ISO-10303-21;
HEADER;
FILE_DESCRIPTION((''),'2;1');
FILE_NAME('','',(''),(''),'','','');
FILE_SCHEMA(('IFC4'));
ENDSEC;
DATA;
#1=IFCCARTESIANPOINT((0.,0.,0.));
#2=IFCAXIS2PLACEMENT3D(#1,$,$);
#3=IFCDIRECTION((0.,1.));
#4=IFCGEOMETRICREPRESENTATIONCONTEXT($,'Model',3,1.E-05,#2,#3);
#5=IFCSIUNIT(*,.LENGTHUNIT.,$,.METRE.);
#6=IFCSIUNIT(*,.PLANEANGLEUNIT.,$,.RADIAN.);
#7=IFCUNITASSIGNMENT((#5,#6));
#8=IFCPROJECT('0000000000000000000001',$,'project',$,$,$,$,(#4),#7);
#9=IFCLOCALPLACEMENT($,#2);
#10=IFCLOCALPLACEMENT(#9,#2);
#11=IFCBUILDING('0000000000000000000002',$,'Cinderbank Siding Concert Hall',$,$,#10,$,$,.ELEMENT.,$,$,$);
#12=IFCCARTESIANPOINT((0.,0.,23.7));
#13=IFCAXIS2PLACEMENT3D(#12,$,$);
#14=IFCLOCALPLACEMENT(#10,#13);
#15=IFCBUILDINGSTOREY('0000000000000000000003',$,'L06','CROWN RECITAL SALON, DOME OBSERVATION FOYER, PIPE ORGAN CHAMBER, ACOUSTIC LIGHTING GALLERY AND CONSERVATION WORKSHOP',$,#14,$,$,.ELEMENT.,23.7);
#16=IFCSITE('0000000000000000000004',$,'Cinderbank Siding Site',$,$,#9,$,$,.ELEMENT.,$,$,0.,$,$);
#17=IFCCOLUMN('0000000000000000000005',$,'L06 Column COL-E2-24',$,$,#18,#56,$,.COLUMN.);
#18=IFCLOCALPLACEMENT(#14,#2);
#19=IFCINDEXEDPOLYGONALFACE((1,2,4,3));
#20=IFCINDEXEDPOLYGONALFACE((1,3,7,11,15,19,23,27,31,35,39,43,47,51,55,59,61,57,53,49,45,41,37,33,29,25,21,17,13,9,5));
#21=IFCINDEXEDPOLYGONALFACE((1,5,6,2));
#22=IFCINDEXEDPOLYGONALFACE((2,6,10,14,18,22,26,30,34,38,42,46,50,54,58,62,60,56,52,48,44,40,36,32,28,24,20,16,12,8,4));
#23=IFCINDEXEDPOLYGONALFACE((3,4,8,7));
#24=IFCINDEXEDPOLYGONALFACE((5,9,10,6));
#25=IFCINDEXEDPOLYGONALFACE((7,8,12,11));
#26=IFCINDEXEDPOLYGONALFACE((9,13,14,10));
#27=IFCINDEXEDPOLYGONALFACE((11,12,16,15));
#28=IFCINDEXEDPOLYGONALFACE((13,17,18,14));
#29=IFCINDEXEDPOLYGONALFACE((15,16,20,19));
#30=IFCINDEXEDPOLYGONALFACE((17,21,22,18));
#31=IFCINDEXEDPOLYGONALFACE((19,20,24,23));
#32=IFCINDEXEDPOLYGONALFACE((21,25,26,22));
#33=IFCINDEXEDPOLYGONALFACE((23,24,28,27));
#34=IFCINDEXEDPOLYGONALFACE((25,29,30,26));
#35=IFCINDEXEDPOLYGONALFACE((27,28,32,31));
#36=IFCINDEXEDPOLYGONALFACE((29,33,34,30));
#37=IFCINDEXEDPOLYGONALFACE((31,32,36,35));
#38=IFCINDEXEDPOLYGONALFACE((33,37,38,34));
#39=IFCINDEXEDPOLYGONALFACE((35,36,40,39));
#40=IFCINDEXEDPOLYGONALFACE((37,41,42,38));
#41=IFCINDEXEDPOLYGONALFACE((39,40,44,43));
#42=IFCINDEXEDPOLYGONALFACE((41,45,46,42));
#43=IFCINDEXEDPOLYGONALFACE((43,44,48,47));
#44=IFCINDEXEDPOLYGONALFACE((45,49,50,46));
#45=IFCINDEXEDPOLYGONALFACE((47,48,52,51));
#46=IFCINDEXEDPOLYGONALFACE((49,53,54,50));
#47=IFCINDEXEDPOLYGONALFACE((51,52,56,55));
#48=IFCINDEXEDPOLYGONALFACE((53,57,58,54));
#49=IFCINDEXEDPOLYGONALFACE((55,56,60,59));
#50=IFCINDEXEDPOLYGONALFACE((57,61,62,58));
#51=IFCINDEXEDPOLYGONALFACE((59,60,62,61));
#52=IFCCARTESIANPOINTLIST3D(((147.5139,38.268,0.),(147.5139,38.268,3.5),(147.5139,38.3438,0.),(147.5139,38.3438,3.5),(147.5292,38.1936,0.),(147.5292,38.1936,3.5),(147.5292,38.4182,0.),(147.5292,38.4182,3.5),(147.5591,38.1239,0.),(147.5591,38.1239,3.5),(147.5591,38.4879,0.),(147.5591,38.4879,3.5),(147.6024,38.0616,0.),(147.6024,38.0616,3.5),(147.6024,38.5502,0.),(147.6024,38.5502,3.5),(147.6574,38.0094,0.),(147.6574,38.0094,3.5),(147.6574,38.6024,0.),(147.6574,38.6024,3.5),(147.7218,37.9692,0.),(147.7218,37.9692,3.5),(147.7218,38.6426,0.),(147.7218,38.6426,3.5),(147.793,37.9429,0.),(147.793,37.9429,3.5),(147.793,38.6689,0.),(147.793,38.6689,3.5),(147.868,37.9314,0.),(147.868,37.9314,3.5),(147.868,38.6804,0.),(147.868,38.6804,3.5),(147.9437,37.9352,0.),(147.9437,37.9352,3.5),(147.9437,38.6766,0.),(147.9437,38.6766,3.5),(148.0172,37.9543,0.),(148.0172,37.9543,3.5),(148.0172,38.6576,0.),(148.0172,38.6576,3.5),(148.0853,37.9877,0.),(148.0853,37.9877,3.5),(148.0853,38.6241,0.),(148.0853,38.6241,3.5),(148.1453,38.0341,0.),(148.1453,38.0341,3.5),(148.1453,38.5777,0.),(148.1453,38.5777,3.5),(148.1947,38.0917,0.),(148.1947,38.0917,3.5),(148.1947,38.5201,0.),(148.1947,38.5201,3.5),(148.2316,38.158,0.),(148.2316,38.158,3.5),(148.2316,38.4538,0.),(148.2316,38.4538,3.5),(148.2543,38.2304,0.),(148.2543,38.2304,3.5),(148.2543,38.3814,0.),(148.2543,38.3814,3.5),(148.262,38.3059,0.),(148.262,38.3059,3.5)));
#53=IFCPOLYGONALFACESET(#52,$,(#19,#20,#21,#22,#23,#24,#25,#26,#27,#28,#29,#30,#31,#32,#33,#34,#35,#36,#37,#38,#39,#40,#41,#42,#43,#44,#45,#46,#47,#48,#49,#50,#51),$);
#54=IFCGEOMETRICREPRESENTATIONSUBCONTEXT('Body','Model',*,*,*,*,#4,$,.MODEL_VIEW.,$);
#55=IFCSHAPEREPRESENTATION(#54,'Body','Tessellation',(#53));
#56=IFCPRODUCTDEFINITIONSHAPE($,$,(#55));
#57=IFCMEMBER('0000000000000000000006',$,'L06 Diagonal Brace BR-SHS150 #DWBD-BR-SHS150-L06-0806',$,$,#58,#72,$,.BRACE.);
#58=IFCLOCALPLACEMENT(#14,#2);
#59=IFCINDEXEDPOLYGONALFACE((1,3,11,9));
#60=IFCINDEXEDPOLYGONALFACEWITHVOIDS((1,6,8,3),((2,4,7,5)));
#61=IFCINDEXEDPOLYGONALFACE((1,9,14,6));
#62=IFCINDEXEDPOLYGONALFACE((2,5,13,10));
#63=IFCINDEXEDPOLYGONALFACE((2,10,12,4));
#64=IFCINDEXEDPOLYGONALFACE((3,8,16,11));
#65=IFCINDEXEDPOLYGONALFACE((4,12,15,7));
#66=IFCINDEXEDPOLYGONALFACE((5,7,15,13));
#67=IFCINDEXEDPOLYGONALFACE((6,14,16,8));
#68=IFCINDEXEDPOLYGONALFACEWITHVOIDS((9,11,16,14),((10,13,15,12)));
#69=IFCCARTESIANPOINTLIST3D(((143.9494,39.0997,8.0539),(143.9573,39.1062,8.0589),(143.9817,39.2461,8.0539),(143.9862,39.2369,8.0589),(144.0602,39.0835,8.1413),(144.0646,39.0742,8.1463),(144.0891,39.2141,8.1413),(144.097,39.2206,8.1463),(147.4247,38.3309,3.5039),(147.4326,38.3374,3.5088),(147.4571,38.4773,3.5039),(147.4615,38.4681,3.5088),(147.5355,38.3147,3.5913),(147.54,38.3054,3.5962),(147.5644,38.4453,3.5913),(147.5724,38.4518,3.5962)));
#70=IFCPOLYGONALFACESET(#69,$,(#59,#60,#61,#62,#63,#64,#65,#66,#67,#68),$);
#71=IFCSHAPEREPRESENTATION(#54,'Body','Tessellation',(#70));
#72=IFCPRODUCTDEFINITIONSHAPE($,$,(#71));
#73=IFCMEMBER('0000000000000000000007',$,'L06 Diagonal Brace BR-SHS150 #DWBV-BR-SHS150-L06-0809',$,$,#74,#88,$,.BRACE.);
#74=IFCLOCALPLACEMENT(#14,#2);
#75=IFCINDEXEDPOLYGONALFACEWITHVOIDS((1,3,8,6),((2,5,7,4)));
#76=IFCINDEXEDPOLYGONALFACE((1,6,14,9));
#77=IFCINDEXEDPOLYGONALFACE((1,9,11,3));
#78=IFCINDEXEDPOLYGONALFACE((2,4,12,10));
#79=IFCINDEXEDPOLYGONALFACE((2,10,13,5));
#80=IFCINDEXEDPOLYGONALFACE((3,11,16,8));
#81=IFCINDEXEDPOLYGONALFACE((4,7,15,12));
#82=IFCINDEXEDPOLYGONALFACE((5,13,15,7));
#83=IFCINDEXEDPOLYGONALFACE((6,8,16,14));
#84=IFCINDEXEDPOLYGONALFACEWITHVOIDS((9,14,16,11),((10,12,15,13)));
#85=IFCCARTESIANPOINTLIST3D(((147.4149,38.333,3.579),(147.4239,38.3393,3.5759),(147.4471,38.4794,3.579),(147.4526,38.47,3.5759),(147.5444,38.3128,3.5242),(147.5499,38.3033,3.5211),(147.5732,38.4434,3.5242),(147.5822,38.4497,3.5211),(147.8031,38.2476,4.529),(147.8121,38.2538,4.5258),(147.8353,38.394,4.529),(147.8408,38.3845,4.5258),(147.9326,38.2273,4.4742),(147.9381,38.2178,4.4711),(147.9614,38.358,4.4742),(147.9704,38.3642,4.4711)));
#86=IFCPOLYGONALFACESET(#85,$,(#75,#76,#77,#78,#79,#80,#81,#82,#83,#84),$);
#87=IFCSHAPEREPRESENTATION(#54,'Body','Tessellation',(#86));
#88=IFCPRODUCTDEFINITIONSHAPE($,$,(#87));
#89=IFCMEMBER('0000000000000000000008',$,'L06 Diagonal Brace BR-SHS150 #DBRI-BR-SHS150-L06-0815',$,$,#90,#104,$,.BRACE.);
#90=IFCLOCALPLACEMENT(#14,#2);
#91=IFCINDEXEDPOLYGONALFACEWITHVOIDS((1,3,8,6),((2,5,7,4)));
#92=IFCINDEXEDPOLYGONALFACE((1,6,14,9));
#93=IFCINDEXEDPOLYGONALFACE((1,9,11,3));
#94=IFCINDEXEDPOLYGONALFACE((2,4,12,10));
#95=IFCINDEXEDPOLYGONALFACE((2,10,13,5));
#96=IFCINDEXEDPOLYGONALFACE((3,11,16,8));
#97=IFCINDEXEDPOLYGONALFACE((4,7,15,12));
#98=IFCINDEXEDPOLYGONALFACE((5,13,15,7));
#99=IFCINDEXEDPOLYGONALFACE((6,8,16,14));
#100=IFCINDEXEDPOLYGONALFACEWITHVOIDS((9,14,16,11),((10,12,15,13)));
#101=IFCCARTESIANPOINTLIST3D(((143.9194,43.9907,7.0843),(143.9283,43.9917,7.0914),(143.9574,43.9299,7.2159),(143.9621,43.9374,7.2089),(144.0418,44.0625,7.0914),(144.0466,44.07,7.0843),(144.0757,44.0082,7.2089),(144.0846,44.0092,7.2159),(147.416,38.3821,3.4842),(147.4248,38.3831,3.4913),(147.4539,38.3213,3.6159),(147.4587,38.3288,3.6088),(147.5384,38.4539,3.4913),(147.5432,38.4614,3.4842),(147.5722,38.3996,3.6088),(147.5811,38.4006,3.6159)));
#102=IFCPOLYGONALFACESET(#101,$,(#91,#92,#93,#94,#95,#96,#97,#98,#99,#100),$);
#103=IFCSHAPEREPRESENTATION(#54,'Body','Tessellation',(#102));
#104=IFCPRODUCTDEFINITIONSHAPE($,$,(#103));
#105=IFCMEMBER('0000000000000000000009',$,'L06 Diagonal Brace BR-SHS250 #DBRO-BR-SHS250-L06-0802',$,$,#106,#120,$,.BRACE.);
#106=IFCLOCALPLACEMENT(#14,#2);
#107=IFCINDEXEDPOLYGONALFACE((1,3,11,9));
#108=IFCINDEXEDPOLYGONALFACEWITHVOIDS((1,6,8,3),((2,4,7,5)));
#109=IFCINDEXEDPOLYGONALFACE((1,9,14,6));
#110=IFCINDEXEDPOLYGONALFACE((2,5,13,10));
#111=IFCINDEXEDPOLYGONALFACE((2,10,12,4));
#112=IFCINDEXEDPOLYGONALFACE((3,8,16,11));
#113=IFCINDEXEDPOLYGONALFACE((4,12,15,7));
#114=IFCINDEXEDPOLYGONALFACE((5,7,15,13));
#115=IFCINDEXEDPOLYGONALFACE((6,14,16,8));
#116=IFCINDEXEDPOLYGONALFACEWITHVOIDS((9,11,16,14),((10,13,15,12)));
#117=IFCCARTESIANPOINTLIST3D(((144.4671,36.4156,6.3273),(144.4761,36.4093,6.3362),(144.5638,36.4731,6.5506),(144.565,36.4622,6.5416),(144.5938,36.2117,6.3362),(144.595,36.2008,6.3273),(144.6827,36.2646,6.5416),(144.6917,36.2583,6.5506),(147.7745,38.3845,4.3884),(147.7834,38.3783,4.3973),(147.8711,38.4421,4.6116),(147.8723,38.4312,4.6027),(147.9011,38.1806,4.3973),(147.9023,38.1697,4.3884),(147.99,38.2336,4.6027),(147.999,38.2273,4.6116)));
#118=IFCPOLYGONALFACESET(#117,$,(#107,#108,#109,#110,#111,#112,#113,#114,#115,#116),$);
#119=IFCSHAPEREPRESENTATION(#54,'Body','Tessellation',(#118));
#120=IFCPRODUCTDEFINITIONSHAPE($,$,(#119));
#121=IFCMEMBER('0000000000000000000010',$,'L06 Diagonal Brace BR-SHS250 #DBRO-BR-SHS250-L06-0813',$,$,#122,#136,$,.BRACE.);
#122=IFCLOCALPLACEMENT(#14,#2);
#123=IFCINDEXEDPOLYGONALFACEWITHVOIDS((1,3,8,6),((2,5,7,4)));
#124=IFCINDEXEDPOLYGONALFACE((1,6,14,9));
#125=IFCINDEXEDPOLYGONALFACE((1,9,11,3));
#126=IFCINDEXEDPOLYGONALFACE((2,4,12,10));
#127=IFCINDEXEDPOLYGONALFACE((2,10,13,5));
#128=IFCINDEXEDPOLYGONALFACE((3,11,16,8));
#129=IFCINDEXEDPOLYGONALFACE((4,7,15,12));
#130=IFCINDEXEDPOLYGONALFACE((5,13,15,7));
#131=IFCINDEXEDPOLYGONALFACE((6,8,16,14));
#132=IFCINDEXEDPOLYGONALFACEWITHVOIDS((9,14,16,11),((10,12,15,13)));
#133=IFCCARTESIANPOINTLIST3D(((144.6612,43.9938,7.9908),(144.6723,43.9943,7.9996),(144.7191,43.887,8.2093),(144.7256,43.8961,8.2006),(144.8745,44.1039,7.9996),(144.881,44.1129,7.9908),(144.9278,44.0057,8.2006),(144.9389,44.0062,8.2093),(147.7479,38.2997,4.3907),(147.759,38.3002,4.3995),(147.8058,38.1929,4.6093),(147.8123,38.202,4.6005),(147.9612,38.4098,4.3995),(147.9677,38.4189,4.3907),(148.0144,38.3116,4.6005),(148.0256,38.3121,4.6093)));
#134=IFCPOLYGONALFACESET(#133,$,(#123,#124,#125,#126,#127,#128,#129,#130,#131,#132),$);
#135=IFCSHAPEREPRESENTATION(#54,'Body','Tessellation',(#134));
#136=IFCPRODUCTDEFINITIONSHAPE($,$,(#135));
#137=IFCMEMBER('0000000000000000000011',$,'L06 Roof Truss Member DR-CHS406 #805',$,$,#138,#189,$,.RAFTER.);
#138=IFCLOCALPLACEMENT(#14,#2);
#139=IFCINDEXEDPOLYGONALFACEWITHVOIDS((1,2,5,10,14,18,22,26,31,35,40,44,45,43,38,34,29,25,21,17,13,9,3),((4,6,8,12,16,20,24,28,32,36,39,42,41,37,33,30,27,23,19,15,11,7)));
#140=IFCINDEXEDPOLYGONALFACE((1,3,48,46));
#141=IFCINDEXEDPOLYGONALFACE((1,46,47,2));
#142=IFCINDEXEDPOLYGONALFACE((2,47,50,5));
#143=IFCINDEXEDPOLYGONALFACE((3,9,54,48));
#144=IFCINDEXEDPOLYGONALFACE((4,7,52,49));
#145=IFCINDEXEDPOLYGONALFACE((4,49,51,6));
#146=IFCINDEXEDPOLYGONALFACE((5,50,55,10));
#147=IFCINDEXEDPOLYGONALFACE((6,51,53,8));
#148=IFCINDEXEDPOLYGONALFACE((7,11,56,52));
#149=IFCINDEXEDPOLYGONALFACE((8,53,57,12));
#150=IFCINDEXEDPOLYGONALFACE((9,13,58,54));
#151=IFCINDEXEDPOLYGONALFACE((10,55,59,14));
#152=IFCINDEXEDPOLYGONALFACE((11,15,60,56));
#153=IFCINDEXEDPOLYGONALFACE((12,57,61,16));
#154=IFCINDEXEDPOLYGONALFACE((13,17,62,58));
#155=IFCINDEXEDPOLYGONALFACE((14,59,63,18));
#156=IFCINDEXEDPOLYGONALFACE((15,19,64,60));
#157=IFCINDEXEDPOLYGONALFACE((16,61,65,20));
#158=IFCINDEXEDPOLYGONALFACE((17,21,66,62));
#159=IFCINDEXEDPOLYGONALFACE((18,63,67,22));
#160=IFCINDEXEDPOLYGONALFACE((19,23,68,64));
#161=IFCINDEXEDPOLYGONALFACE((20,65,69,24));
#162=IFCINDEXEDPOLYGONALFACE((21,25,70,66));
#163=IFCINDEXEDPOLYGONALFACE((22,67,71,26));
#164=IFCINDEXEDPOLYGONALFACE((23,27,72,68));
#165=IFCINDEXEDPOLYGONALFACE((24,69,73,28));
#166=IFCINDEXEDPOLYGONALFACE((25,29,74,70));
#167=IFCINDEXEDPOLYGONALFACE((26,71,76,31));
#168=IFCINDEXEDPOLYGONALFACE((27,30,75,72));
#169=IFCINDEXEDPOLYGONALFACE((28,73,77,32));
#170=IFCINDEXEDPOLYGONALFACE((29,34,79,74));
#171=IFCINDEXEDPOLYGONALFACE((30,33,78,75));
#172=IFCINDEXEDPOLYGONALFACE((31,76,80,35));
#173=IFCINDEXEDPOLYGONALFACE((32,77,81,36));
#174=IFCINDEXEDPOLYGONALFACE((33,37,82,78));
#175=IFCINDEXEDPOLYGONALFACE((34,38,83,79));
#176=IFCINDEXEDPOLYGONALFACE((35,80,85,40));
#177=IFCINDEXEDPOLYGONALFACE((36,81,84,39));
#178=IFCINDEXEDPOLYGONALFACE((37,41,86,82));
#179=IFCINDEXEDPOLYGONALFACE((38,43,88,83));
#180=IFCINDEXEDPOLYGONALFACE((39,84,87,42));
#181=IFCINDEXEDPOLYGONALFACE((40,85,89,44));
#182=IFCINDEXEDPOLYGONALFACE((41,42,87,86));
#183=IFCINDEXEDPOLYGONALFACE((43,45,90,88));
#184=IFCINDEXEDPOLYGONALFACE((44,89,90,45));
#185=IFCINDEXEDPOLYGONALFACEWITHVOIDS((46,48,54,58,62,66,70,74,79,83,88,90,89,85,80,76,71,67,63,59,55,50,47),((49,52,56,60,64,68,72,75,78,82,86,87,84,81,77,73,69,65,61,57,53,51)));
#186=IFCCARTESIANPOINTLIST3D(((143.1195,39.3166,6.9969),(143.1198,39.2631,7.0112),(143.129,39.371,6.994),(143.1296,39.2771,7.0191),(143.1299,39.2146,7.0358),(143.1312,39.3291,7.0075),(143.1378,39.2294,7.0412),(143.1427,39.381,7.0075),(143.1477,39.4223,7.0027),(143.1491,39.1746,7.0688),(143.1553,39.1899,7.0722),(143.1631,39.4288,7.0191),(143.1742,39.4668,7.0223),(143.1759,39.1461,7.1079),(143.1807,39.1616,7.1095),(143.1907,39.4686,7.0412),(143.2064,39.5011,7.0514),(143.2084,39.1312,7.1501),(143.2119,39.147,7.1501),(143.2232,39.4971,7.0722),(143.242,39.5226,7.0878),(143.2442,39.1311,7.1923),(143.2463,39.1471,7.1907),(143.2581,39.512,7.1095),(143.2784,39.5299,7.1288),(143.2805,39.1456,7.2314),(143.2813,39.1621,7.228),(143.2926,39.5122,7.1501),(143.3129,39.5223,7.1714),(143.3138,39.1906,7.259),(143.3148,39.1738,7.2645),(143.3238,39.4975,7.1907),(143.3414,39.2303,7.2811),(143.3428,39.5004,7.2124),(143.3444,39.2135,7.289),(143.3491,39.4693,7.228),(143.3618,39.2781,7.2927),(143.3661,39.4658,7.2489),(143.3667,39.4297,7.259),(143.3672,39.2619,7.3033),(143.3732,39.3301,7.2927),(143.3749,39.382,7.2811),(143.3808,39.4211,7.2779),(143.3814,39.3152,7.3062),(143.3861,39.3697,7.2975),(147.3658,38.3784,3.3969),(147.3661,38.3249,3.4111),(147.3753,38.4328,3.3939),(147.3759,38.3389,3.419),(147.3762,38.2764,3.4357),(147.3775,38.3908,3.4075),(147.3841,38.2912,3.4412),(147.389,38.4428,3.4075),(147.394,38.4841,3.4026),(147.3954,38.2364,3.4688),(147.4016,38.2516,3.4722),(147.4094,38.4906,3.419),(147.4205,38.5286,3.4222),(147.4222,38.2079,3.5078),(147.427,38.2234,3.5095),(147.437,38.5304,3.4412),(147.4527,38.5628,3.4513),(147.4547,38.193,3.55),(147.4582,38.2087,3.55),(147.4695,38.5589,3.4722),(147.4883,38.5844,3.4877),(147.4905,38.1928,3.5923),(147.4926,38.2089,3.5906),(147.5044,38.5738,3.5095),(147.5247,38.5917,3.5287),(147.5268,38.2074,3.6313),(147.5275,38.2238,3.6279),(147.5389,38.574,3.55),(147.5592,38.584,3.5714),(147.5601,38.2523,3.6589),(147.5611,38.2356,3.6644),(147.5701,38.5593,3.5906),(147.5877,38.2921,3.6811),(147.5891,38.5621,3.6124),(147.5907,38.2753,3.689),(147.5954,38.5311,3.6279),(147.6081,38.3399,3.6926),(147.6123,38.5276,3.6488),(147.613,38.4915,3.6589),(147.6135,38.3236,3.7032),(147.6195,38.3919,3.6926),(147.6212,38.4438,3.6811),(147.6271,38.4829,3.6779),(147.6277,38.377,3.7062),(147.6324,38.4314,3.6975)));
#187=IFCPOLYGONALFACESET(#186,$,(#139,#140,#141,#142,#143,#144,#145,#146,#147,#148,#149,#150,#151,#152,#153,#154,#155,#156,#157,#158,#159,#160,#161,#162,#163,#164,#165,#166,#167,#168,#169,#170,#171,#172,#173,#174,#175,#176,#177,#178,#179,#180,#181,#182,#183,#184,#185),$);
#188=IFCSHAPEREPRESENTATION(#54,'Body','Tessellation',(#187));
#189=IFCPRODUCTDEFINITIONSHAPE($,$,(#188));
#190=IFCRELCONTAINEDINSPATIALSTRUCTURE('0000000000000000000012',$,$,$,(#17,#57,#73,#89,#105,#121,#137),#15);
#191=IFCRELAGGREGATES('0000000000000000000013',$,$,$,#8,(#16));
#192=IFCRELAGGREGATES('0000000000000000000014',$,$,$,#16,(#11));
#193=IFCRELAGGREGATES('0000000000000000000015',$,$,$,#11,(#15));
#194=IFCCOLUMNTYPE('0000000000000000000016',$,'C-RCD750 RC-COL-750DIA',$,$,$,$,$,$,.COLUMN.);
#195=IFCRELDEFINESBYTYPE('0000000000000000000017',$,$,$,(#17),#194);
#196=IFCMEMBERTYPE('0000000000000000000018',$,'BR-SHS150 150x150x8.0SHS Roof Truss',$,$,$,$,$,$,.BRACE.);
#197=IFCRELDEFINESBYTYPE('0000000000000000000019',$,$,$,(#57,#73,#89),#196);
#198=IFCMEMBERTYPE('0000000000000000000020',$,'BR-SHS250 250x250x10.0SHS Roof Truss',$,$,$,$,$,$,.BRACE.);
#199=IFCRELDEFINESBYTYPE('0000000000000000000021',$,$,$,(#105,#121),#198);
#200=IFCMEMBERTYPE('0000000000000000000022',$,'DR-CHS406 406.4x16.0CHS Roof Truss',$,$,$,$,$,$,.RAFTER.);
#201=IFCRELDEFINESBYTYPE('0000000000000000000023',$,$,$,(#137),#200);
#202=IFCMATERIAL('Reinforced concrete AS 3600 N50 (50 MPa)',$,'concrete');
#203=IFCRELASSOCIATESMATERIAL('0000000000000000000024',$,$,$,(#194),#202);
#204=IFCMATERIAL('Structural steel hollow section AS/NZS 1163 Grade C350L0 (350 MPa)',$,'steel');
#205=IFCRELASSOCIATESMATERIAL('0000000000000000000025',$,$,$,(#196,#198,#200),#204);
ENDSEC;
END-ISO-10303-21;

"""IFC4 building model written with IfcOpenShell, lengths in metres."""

from ifc_helpers import new_model, si_unit, direction, frame, origin, origin_2d, place, context, subcontext, project, spatial, hollow_rectangle, circle, hollow_circle, extrude, material, material_profile, profile_set, type_object, element, save


model = new_model("IFC4")

# Units and contexts
model_context = context("Model", 3, precision=1e-05, world=origin(), true_north=direction((0.0, 1.0)))
body_context = subcontext(model_context, "Body", "Model", "MODEL_VIEW")
ifc_project = project(units=[si_unit("LENGTHUNIT", "METRE"), si_unit("PLANEANGLEUNIT", "RADIAN")], contexts=[model_context])

# Site, building, storey
site_placement = place(None, origin())
site = spatial("IfcSite", under=ifc_project, at=site_placement, Name="Cinderbank Siding Site", CompositionType="ELEMENT", RefElevation=0.0)
building_placement = place(site_placement, origin())
building = spatial("IfcBuilding", under=site, at=building_placement, Name="Cinderbank Siding Concert Hall", CompositionType="ELEMENT")
storey_placement = place(building_placement, frame((0.0, 0.0, 23.7)))
storey = spatial("IfcBuildingStorey", under=building, at=storey_placement, Name="L06", Description="CROWN RECITAL SALON, DOME OBSERVATION FOYER, PIPE ORGAN CHAMBER, ACOUSTIC LIGHTING GALLERY AND CONSERVATION WORKSHOP", CompositionType="ELEMENT", Elevation=23.7)

# Column
ifc_material_1 = material(Name="Reinforced concrete AS 3600 N50 (50 MPa)", Category="concrete")
ifc_material_profile_1 = material_profile(ifc_material_1, circle(Radius=0.375, at=origin_2d()), Name="RC-COL-750DIA", Category="LoadBearing")
ifc_profile_set_1 = profile_set([ifc_material_profile_1], Name="Reinforced concrete AS 3600 N50 (50 MPa)")
column_type = type_object("IfcColumnType", Name="C-RCD750 RC-COL-750DIA", PredefinedType="COLUMN", material=ifc_profile_set_1)
column_placement = place(storey_placement, frame((147.887, 38.3059, 0.0), z_axis=(0.0, 0.0, 1.0), x_axis=(1.0, 0.0, 0.0)))
element("IfcColumn", 1, at=column_placement, inside=storey, type_object=column_type, Name="L06 Column COL-E2-24", PredefinedType="COLUMN", context=body_context, shape_type="SweptSolid", body=[
    extrude(circle(Radius=0.375, at=origin_2d()), origin(), (0.0, 0.0, 1.0), 3.5),
])

# Members
ifc_material_2 = material(Name="Structural steel hollow section AS/NZS 1163 Grade C350L0 (350 MPa)", Category="steel")
ifc_material_profile_2 = material_profile(ifc_material_2, hollow_rectangle(XDim=0.1499, YDim=0.1499, WallThickness=0.0081, at=origin_2d()), Name="150x150x8.0SHS", Category="LoadBearing")
ifc_profile_set_2 = profile_set([ifc_material_profile_2], Name="Structural steel hollow section AS/NZS 1163 Grade C350L0 (350 MPa)")
member_type_1 = type_object("IfcMemberType", Name="BR-SHS150 150x150x8.0SHS Roof Truss", PredefinedType="BRACE", material=ifc_profile_set_2)
member_1_placement = place(storey_placement, frame((147.4985, 38.3914, 3.55), z_axis=(-0.601598, 0.133083, 0.787635), x_axis=(-0.215993, -0.976395, 0.0)))
element("IfcMember", 2, at=member_1_placement, inside=storey, type_object=member_type_1, Name="L06 Diagonal Brace BR-SHS150 #DWBD-BR-SHS150-L06-0806", PredefinedType="BRACE", context=body_context, shape_type="SweptSolid", body=[
    extrude(hollow_rectangle(XDim=0.1499, YDim=0.1499, WallThickness=0.0081, at=origin_2d()), origin(), (0.0, 0.0, 1.0), 5.7769),
])
member_2_placement = place(storey_placement, frame((147.4985, 38.3914, 3.55), z_axis=(0.376967, -0.08298, 0.922502), x_axis=(0.214979, 0.976619, 0.0)))
element("IfcMember", 3, at=member_2_placement, inside=storey, type_object=member_type_1, Name="L06 Diagonal Brace BR-SHS150 #DWBV-BR-SHS150-L06-0809", PredefinedType="BRACE", context=body_context, shape_type="SweptSolid", body=[
    extrude(hollow_rectangle(XDim=0.1499, YDim=0.1499, WallThickness=0.0081, at=origin_2d()), origin(), (0.0, 0.0, 1.0), 1.0298),
])
member_3_placement = place(storey_placement, frame((147.4985, 38.3914, 3.55), z_axis=(-0.464588, 0.745216, 0.478342), x_axis=(-0.848597, -0.529039, 0.0)))
element("IfcMember", 4, at=member_3_placement, inside=storey, type_object=member_type_1, Name="L06 Diagonal Brace BR-SHS150 #DBRI-BR-SHS150-L06-0815", PredefinedType="BRACE", context=body_context, shape_type="SweptSolid", body=[
    extrude(hollow_rectangle(XDim=0.1499, YDim=0.1499, WallThickness=0.0081, at=origin_2d()), origin(), (0.0, 0.0, 1.0), 7.5261),
])
ifc_material_profile_3 = material_profile(ifc_material_2, hollow_rectangle(XDim=0.25, YDim=0.25, WallThickness=0.01, at=origin_2d()), Name="250x250x10.0SHS", Category="LoadBearing")
ifc_profile_set_3 = profile_set([ifc_material_profile_3], Name="Structural steel hollow section AS/NZS 1163 Grade C350L0 (350 MPa)")
member_type_2 = type_object("IfcMemberType", Name="BR-SHS250 250x250x10.0SHS Roof Truss", PredefinedType="BRACE", material=ifc_profile_set_3)
member_4_placement = place(storey_placement, frame((147.8867, 38.3059, 4.5), z_axis=(-0.76739, -0.456854, 0.449886), x_axis=(0.511545, -0.859256, 0.0)))
element("IfcMember", 5, at=member_4_placement, inside=storey, type_object=member_type_2, Name="L06 Diagonal Brace BR-SHS250 #DBRO-BR-SHS250-L06-0802", PredefinedType="BRACE", context=body_context, shape_type="SweptSolid", body=[
    extrude(hollow_rectangle(XDim=0.25, YDim=0.25, WallThickness=0.01, at=origin_2d()), origin(), (0.0, 0.0, 1.0), 4.3098),
])
member_5_placement = place(storey_placement, frame((147.8867, 38.3059, 4.5), z_axis=(-0.416544, 0.768414, 0.485831), x_axis=(-0.879139, -0.476566, 0.0)))
element("IfcMember", 6, at=member_5_placement, inside=storey, type_object=member_type_2, Name="L06 Diagonal Brace BR-SHS250 #DBRO-BR-SHS250-L06-0813", PredefinedType="BRACE", context=body_context, shape_type="SweptSolid", body=[
    extrude(hollow_rectangle(XDim=0.25, YDim=0.25, WallThickness=0.01, at=origin_2d()), origin(), (0.0, 0.0, 1.0), 7.4102),
])
ifc_material_profile_4 = material_profile(ifc_material_2, hollow_circle(Radius=0.2031, WallThickness=0.0161, at=origin_2d()), Name="406.4x16.0CHS", Category="LoadBearing")
ifc_profile_set_4 = profile_set([ifc_material_profile_4], Name="Structural steel hollow section AS/NZS 1163 Grade C350L0 (350 MPa)")
member_type_3 = type_object("IfcMemberType", Name="DR-CHS406 406.4x16.0CHS Roof Truss", PredefinedType="RAFTER", material=ifc_profile_set_4)
member_6_placement = place(storey_placement, frame((147.4985, 38.3914, 3.55), z_axis=(-0.752155, 0.166189, 0.637686), x_axis=(-0.215747, -0.976449, 0.0)))
element("IfcMember", 7, at=member_6_placement, inside=storey, type_object=member_type_3, Name="L06 Roof Truss Member DR-CHS406 #805", PredefinedType="RAFTER", context=body_context, shape_type="SweptSolid", body=[
    extrude(hollow_circle(Radius=0.2031, WallThickness=0.0161, at=origin_2d()), origin(), (0.0, 0.0, 1.0), 5.6455),
])

save(model, "model.ifc")
